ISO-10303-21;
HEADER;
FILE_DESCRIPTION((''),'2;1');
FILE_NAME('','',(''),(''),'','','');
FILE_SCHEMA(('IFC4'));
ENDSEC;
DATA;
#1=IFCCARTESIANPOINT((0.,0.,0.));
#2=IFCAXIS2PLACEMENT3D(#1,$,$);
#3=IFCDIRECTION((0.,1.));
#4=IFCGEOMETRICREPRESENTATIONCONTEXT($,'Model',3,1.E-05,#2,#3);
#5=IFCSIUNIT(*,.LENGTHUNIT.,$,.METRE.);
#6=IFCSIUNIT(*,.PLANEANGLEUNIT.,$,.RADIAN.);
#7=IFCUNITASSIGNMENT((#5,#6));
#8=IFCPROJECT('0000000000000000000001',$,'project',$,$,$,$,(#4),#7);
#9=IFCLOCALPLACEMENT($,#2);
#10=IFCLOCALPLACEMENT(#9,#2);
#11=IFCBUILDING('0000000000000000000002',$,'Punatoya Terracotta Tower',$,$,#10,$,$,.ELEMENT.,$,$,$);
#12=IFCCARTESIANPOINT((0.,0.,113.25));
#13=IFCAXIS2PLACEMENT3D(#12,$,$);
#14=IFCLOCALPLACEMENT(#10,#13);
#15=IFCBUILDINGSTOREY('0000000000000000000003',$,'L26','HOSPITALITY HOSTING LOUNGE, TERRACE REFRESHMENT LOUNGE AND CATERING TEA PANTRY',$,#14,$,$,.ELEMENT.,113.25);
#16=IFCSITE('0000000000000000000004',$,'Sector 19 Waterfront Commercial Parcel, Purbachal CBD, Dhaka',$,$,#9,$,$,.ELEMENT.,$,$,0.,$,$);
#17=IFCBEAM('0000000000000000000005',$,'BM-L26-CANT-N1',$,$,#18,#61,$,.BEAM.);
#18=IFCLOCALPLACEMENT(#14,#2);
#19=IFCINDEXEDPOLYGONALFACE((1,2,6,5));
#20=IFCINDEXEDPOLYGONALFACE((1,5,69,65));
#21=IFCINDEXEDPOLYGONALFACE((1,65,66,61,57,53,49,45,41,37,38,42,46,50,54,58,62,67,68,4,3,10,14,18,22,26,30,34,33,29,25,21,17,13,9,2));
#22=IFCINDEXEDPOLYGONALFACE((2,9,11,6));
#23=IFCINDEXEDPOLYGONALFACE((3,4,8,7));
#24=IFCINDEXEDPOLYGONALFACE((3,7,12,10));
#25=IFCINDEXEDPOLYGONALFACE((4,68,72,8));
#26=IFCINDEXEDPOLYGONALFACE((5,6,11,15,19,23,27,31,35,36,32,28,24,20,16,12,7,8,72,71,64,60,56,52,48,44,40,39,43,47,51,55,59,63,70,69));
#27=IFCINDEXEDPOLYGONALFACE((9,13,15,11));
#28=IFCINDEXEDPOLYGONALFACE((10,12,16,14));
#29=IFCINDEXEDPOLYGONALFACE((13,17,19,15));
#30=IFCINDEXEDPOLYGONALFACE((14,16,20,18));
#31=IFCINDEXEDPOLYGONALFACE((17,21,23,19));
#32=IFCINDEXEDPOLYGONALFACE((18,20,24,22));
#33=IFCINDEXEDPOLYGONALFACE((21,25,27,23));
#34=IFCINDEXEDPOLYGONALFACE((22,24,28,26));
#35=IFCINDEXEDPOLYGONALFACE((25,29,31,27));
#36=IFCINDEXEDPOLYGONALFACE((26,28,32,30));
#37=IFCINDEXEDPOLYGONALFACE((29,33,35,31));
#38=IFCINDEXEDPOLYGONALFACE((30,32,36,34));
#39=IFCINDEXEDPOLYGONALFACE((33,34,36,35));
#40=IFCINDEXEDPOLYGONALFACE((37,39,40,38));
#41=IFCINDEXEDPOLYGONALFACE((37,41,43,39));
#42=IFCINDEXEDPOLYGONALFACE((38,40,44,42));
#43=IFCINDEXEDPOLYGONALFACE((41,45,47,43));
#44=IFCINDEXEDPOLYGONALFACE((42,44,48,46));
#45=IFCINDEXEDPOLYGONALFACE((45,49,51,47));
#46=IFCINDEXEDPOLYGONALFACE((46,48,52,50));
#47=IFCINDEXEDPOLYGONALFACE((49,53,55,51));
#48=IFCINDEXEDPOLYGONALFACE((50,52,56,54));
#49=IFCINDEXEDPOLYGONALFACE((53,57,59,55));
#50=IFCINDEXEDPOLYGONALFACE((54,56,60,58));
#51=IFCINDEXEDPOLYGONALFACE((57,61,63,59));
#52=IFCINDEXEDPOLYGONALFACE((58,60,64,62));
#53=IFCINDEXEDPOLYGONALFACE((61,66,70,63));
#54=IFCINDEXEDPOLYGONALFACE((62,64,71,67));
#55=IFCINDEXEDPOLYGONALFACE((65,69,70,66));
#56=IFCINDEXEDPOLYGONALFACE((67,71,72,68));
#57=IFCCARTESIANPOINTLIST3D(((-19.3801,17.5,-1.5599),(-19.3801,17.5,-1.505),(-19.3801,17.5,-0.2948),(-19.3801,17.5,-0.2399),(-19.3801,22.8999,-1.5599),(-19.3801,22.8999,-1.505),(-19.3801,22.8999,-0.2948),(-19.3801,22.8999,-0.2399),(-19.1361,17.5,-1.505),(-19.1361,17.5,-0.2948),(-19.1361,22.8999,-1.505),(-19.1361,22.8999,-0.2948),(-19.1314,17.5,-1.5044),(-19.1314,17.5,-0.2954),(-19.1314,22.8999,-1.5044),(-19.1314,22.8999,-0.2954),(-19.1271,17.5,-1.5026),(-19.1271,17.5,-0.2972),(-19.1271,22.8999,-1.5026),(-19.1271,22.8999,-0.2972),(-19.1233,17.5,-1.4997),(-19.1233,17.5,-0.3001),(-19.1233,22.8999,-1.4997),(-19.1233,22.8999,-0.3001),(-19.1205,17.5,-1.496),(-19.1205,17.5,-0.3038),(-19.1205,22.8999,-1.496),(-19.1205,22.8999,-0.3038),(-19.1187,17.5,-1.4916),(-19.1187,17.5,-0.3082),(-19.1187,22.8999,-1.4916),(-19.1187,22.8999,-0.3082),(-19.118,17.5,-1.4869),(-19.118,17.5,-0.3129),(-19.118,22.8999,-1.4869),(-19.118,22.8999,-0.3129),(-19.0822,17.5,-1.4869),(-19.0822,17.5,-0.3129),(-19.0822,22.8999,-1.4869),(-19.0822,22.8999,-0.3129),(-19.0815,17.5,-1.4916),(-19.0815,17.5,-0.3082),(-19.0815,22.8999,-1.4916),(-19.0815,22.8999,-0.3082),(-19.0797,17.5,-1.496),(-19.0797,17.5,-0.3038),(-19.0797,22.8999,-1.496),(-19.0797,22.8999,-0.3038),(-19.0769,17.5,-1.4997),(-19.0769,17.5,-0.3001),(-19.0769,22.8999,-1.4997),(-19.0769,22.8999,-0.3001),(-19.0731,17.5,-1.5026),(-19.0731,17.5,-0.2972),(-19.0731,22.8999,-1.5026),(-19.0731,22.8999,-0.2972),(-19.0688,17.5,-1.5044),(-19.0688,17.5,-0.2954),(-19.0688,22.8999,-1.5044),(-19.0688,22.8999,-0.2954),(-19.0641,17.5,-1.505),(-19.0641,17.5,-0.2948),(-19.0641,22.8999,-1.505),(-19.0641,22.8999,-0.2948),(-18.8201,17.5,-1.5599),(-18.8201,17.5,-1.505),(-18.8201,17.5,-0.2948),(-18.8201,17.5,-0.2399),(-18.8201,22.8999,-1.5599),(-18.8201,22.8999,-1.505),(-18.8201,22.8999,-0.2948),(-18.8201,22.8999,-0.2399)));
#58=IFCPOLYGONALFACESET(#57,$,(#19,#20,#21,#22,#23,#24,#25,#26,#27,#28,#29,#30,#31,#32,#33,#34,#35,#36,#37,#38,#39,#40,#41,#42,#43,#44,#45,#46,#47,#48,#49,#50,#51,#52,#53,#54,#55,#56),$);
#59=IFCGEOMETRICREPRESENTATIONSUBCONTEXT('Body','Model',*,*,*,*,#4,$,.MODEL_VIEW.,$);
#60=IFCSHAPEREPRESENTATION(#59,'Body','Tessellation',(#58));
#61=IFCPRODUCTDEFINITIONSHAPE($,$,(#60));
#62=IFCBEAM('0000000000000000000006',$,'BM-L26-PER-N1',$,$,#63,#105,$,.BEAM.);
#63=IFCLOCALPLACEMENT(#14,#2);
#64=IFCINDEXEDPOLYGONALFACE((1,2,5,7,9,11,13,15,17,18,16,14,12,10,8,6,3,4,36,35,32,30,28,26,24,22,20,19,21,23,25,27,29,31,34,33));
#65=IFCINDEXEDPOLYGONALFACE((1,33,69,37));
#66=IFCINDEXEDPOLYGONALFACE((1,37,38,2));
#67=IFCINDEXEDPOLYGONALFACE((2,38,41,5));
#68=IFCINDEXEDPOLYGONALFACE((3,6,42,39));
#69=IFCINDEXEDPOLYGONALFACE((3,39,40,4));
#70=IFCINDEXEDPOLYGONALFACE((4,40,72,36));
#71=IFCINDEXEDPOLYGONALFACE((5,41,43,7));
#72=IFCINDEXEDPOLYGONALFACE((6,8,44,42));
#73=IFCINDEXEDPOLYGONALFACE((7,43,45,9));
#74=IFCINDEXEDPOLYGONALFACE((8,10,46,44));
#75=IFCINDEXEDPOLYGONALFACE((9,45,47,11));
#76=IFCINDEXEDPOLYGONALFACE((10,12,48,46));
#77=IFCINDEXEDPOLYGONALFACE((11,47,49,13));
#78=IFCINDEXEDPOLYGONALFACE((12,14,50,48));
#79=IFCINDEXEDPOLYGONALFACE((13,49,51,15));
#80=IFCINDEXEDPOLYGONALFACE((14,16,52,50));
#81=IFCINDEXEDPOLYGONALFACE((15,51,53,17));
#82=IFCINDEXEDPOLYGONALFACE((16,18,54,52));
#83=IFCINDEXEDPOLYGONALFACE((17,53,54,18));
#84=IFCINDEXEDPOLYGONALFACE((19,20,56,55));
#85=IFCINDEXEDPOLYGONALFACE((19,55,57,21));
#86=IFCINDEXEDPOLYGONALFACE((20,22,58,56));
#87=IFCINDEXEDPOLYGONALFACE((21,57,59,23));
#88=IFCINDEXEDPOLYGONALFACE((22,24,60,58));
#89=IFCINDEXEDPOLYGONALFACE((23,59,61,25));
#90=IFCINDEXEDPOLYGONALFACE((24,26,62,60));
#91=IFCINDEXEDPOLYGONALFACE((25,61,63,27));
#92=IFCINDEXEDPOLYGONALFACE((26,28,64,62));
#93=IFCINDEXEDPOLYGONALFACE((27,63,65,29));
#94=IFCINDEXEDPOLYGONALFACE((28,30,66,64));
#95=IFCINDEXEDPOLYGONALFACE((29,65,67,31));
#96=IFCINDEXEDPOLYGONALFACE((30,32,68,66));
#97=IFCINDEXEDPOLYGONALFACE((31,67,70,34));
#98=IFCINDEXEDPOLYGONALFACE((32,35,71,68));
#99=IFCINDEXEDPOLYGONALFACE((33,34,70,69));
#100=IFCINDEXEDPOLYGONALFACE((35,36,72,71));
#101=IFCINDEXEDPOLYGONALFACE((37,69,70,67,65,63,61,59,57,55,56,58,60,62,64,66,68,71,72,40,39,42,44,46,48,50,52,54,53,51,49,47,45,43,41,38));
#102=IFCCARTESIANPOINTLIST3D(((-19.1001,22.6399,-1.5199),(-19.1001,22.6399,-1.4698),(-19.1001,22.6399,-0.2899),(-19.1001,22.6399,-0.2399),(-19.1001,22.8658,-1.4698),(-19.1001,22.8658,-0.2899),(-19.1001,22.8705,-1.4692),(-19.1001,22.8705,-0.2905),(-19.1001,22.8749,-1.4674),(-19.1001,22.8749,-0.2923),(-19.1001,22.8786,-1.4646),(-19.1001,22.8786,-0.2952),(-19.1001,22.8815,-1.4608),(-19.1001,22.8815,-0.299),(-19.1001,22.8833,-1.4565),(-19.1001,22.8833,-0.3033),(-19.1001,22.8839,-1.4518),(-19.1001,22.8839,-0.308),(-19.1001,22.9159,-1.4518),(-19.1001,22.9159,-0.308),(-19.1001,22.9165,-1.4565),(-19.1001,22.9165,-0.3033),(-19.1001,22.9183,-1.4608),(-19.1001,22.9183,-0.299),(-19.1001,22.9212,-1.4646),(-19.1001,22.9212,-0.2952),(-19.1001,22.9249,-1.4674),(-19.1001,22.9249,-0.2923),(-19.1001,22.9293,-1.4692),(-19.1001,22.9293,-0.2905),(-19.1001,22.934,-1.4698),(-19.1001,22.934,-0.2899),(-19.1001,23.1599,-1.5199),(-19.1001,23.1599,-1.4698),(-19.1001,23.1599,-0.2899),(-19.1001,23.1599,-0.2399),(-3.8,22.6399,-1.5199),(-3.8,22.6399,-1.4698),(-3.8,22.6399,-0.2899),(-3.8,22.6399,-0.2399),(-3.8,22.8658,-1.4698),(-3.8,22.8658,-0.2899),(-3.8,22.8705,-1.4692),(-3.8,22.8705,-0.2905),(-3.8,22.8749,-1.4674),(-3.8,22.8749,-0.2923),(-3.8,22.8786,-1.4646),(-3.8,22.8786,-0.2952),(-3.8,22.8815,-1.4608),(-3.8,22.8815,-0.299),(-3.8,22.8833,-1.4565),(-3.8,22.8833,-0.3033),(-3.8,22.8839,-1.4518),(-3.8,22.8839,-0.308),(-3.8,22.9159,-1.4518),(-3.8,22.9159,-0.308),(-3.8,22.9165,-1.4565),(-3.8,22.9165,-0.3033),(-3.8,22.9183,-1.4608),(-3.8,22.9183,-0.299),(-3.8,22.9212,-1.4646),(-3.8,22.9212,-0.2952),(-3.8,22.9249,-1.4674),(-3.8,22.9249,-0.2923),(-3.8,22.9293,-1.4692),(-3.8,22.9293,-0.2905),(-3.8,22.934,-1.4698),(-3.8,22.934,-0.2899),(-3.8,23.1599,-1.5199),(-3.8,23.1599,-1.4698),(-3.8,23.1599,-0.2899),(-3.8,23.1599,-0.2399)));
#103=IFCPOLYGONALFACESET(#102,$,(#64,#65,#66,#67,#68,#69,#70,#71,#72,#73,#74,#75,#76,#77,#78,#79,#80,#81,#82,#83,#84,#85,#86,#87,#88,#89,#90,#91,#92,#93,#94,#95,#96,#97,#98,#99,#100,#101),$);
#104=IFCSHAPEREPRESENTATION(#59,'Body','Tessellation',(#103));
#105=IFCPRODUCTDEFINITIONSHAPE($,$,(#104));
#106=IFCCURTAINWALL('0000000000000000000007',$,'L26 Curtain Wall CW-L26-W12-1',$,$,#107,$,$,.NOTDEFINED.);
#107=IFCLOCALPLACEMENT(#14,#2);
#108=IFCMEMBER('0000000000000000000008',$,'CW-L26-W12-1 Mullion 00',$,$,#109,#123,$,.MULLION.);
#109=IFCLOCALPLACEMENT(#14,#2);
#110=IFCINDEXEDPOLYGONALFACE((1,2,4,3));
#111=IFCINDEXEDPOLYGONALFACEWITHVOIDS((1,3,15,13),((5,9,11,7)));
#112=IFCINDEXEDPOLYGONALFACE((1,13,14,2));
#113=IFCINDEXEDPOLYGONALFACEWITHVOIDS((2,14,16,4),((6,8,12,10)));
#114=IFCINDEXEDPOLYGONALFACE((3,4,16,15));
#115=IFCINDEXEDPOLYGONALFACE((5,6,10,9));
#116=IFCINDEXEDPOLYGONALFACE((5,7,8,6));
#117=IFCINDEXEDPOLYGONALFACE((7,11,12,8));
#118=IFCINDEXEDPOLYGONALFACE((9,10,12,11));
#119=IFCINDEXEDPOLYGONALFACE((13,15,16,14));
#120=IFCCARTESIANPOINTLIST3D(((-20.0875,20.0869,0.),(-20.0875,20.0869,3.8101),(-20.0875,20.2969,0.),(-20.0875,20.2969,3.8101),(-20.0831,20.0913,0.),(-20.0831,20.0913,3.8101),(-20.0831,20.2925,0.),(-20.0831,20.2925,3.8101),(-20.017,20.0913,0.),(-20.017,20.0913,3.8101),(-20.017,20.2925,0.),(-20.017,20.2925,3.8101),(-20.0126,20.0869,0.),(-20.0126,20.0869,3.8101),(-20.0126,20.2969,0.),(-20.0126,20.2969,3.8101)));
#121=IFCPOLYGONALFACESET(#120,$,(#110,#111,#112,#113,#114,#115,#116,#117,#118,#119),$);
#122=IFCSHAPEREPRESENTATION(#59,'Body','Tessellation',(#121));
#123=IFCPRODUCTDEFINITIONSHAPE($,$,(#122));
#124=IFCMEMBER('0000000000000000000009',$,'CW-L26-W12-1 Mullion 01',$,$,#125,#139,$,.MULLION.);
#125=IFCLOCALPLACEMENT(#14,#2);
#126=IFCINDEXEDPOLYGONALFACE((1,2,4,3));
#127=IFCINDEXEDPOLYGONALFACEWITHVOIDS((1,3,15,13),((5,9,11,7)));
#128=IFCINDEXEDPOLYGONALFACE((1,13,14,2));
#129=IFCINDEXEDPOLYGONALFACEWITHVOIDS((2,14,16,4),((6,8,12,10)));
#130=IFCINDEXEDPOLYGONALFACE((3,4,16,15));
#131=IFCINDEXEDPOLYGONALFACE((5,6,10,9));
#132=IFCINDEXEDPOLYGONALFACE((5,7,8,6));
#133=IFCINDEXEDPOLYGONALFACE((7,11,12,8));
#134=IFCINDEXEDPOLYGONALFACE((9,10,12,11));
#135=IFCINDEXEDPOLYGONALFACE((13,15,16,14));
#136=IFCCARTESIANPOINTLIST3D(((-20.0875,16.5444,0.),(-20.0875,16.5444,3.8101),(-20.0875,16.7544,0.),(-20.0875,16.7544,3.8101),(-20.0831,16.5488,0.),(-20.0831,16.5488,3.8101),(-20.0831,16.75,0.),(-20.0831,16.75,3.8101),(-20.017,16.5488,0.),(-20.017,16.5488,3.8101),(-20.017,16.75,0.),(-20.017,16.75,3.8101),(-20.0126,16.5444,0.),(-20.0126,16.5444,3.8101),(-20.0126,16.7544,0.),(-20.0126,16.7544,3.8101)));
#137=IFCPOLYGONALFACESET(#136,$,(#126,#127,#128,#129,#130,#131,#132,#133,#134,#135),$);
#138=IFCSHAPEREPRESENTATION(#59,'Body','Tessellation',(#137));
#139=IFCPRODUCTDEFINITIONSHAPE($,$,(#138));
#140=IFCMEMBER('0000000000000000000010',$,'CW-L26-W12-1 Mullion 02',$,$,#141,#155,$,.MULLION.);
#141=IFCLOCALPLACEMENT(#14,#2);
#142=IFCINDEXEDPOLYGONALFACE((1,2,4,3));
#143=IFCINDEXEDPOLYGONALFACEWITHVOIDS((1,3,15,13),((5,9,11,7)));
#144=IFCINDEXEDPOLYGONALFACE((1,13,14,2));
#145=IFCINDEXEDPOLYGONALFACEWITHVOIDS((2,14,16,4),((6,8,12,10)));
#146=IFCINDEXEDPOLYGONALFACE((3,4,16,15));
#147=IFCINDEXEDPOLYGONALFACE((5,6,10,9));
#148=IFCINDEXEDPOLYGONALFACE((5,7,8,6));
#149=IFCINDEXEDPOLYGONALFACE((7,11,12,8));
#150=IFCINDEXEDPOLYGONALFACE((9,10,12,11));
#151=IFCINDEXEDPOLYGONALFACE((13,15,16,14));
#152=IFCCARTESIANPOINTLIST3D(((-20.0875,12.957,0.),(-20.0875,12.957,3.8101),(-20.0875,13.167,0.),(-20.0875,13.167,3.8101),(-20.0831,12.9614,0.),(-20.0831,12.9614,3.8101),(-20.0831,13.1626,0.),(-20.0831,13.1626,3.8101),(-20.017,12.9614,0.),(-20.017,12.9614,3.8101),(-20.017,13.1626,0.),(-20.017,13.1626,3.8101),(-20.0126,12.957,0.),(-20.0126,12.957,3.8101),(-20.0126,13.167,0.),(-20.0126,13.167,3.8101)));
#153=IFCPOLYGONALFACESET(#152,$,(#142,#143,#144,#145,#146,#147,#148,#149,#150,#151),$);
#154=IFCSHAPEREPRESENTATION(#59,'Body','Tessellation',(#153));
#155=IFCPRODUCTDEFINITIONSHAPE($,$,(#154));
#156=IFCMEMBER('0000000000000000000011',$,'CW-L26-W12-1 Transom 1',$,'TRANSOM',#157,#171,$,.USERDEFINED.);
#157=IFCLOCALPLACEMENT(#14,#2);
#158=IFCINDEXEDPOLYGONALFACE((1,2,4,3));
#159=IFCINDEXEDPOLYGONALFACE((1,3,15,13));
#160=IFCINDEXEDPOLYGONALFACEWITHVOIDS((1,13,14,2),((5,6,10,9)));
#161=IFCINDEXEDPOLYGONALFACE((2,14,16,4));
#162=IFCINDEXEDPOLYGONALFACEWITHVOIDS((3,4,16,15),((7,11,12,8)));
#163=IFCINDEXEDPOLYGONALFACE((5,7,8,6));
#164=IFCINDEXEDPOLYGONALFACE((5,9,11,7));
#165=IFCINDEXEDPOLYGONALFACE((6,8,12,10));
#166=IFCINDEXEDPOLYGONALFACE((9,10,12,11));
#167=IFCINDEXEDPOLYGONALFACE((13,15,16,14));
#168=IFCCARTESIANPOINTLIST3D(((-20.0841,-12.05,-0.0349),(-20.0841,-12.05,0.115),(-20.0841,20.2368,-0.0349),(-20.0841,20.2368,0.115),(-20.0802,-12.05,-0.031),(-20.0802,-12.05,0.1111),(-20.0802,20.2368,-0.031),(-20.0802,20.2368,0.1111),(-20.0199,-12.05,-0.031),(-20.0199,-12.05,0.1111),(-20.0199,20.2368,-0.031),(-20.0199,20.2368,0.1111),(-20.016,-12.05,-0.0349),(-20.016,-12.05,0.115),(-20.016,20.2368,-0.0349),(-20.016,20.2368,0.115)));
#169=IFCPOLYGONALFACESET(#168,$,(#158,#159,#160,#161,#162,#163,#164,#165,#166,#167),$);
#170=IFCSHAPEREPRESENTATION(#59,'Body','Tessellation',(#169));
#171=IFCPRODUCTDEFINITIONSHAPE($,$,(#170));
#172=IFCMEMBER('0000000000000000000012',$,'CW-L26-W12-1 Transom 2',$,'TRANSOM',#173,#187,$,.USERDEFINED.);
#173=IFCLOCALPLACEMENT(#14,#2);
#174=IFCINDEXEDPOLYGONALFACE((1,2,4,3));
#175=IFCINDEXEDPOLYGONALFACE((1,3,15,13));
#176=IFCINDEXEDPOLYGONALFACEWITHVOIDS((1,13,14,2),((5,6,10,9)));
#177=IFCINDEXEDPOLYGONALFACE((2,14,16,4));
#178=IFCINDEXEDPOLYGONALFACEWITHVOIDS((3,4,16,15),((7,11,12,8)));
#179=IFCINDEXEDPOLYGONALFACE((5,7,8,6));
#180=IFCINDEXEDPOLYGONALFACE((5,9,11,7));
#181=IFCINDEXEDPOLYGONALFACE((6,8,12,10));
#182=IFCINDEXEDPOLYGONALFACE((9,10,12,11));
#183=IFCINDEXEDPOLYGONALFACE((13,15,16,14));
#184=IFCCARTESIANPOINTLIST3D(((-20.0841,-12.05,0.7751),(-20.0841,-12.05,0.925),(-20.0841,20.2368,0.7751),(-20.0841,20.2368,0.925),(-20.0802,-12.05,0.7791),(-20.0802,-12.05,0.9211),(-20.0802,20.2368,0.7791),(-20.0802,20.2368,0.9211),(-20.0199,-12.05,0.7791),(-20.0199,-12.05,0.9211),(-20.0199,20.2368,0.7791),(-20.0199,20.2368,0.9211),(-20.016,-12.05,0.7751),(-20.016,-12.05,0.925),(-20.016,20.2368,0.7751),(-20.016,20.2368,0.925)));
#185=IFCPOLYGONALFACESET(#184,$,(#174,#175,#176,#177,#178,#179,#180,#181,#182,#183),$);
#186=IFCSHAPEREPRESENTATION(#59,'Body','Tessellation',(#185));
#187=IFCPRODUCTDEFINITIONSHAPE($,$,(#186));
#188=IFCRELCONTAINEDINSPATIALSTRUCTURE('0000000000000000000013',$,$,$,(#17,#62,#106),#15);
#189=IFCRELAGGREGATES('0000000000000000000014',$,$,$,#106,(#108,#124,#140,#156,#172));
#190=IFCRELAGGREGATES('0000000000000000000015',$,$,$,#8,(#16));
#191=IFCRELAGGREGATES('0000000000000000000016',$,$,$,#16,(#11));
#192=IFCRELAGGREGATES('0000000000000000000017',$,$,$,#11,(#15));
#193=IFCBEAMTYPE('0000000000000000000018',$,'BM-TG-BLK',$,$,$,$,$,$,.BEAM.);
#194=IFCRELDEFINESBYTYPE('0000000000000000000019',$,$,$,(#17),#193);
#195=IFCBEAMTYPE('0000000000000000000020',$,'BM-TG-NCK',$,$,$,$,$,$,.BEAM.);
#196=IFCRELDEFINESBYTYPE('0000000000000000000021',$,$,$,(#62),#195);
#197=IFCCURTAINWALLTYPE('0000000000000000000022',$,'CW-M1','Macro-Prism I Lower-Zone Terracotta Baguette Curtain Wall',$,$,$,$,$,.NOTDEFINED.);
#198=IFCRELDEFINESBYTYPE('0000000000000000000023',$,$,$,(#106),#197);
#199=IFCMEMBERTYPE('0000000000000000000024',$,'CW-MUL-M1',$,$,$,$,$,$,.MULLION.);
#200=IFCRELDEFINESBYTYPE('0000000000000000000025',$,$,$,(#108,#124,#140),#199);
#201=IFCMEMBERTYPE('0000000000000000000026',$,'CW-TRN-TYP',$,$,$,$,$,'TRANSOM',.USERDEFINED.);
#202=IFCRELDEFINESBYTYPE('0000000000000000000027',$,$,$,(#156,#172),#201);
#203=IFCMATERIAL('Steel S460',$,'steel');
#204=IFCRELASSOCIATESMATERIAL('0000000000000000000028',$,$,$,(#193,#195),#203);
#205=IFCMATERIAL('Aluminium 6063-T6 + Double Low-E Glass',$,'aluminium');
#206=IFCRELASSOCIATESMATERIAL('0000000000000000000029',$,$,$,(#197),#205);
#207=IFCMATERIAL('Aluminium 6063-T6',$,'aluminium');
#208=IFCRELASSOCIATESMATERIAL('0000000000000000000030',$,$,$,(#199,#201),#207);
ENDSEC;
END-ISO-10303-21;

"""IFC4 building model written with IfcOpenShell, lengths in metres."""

from ifc_helpers import new_model, si_unit, direction, frame, origin, origin_2d, place, context, subcontext, project, spatial, hollow_rectangle, i_section, extrude, material, material_profile, profile_set, type_object, element, aggregate, save


model = new_model("IFC4")

# Units and contexts
model_context = context("Model", 3, precision=1e-05, world=origin(), true_north=direction((0.0, 1.0)))
body_context = subcontext(model_context, "Body", "Model", "MODEL_VIEW")
ifc_project = project(units=[si_unit("LENGTHUNIT", "METRE"), si_unit("PLANEANGLEUNIT", "RADIAN")], contexts=[model_context])

# Site, building, storey
site_placement = place(None, origin())
site = spatial("IfcSite", under=ifc_project, at=site_placement, Name="Sector 19 Waterfront Commercial Parcel, Purbachal CBD, Dhaka", CompositionType="ELEMENT", RefElevation=0.0)
building_placement = place(site_placement, origin())
building = spatial("IfcBuilding", under=site, at=building_placement, Name="Punatoya Terracotta Tower", CompositionType="ELEMENT")
storey_placement = place(building_placement, frame((0.0, 0.0, 113.25)))
storey = spatial("IfcBuildingStorey", under=building, at=storey_placement, Name="L26", Description="HOSPITALITY HOSTING LOUNGE, TERRACE REFRESHMENT LOUNGE AND CATERING TEA PANTRY", CompositionType="ELEMENT", Elevation=113.25)

# Shared definitions
ifc_material_1 = material(Name="Steel S460", Category="steel")

# Beams
ifc_material_profile_1 = material_profile(ifc_material_1, i_section(OverallWidth=0.5601, OverallDepth=1.3201, WebThickness=0.0359, FlangeThickness=0.0549, FilletRadius=0.0181, at=origin_2d()))
ifc_profile_set_1 = profile_set([ifc_material_profile_1], Name="Steel S460")
beam_type_1 = type_object("IfcBeamType", Name="BM-TG-BLK", PredefinedType="BEAM", material=ifc_profile_set_1)
beam_1_placement = place(storey_placement, frame((-19.1001, 17.5, -0.8999), z_axis=(0.0, 1.0, 0.0), x_axis=(-1.0, 0.0, 0.0)))
element("IfcBeam", 1, at=beam_1_placement, inside=storey, type_object=beam_type_1, Name="BM-L26-CANT-N1", PredefinedType="BEAM", context=body_context, shape_type="SweptSolid", body=[
    extrude(i_section(OverallWidth=0.5601, OverallDepth=1.3201, WebThickness=0.0359, FlangeThickness=0.0549, FilletRadius=0.0181, at=origin_2d()), origin(), (0.0, 0.0, 1.0), 5.3999),
])
ifc_material_profile_2 = material_profile(ifc_material_1, i_section(OverallWidth=0.52, OverallDepth=1.28, WebThickness=0.032, FlangeThickness=0.05, FilletRadius=0.0181, at=origin_2d()))
ifc_profile_set_2 = profile_set([ifc_material_profile_2], Name="Steel S460")
beam_type_2 = type_object("IfcBeamType", Name="BM-TG-NCK", PredefinedType="BEAM", material=ifc_profile_set_2)
beam_2_placement = place(storey_placement, frame((-19.1001, 22.8999, -0.8799), z_axis=(1.0, 0.0, 0.0), x_axis=(0.0, 1.0, 0.0)))
element("IfcBeam", 2, at=beam_2_placement, inside=storey, type_object=beam_type_2, Name="BM-L26-PER-N1", PredefinedType="BEAM", context=body_context, shape_type="SweptSolid", body=[
    extrude(i_section(OverallWidth=0.52, OverallDepth=1.28, WebThickness=0.032, FlangeThickness=0.05, FilletRadius=0.0181, at=origin_2d()), origin(), (0.0, 0.0, 1.0), 15.3),
])

# Curtain wall, members
ifc_material_2 = material(Name="Aluminium 6063-T6 + Double Low-E Glass", Category="aluminium")
curtain_wall_type = type_object("IfcCurtainWallType", Name="CW-M1", Description="Macro-Prism I Lower-Zone Terracotta Baguette Curtain Wall", PredefinedType="NOTDEFINED", material=ifc_material_2)
curtain_wall_placement = place(storey_placement, origin())
curtain_wall = element("IfcCurtainWall", 3, at=curtain_wall_placement, inside=storey, type_object=curtain_wall_type, Name="L26 Curtain Wall CW-L26-W12-1", PredefinedType="NOTDEFINED")
ifc_material_3 = material(Name="Aluminium 6063-T6", Category="aluminium")
ifc_material_profile_3 = material_profile(ifc_material_3, hollow_rectangle(XDim=0.075, YDim=0.21, WallThickness=0.0044, at=origin_2d()))
ifc_profile_set_3 = profile_set([ifc_material_profile_3], Name="Aluminium 6063-T6")
member_type_1 = type_object("IfcMemberType", Name="CW-MUL-M1", PredefinedType="MULLION", material=ifc_profile_set_3)
member_1_placement = place(storey_placement, frame((-20.05, 20.1919, 0.0), z_axis=(0.0, 0.0, 1.0), x_axis=(1.0, 0.0, 0.0)))
member_1 = element("IfcMember", 4, at=member_1_placement, type_object=member_type_1, Name="CW-L26-W12-1 Mullion 00", PredefinedType="MULLION", context=body_context, shape_type="SweptSolid", body=[
    extrude(hollow_rectangle(XDim=0.075, YDim=0.21, WallThickness=0.0044, at=origin_2d()), origin(), (0.0, 0.0, 1.0), 3.8101),
])
member_2_placement = place(storey_placement, frame((-20.05, 16.6494, 0.0), z_axis=(0.0, 0.0, 1.0), x_axis=(1.0, 0.0, 0.0)))
member_2 = element("IfcMember", 5, at=member_2_placement, type_object=member_type_1, Name="CW-L26-W12-1 Mullion 01", PredefinedType="MULLION", context=body_context, shape_type="SweptSolid", body=[
    extrude(hollow_rectangle(XDim=0.075, YDim=0.21, WallThickness=0.0044, at=origin_2d()), origin(), (0.0, 0.0, 1.0), 3.8101),
])
member_3_placement = place(storey_placement, frame((-20.05, 13.062, 0.0), z_axis=(0.0, 0.0, 1.0), x_axis=(1.0, 0.0, 0.0)))
member_3 = element("IfcMember", 6, at=member_3_placement, type_object=member_type_1, Name="CW-L26-W12-1 Mullion 02", PredefinedType="MULLION", context=body_context, shape_type="SweptSolid", body=[
    extrude(hollow_rectangle(XDim=0.075, YDim=0.21, WallThickness=0.0044, at=origin_2d()), origin(), (0.0, 0.0, 1.0), 3.8101),
])
ifc_material_profile_4 = material_profile(ifc_material_3, hollow_rectangle(XDim=0.0681, YDim=0.1499, WallThickness=0.0039, at=origin_2d()))
ifc_profile_set_4 = profile_set([ifc_material_profile_4], Name="Aluminium 6063-T6")
member_type_2 = type_object("IfcMemberType", Name="CW-TRN-TYP", ElementType="TRANSOM", PredefinedType="USERDEFINED", material=ifc_profile_set_4)
member_4_placement = place(storey_placement, frame((-20.05, 20.2368, 0.04), z_axis=(0.0, -1.0, 0.0), x_axis=(1.0, 0.0, 0.0)))
member_4 = element("IfcMember", 7, at=member_4_placement, type_object=member_type_2, Name="CW-L26-W12-1 Transom 1", ObjectType="TRANSOM", PredefinedType="USERDEFINED", context=body_context, shape_type="SweptSolid", body=[
    extrude(hollow_rectangle(XDim=0.0681, YDim=0.1499, WallThickness=0.0039, at=origin_2d()), origin(), (0.0, 0.0, 1.0), 32.2869),
])
member_5_placement = place(storey_placement, frame((-20.05, 20.2368, 0.8501), z_axis=(0.0, -1.0, 0.0), x_axis=(1.0, 0.0, 0.0)))
member_5 = element("IfcMember", 8, at=member_5_placement, type_object=member_type_2, Name="CW-L26-W12-1 Transom 2", ObjectType="TRANSOM", PredefinedType="USERDEFINED", context=body_context, shape_type="SweptSolid", body=[
    extrude(hollow_rectangle(XDim=0.0681, YDim=0.1499, WallThickness=0.0039, at=origin_2d()), origin(), (0.0, 0.0, 1.0), 32.2869),
])
aggregate(curtain_wall, [member_1, member_2, member_3, member_4, member_5])

save(model, "model.ifc")
